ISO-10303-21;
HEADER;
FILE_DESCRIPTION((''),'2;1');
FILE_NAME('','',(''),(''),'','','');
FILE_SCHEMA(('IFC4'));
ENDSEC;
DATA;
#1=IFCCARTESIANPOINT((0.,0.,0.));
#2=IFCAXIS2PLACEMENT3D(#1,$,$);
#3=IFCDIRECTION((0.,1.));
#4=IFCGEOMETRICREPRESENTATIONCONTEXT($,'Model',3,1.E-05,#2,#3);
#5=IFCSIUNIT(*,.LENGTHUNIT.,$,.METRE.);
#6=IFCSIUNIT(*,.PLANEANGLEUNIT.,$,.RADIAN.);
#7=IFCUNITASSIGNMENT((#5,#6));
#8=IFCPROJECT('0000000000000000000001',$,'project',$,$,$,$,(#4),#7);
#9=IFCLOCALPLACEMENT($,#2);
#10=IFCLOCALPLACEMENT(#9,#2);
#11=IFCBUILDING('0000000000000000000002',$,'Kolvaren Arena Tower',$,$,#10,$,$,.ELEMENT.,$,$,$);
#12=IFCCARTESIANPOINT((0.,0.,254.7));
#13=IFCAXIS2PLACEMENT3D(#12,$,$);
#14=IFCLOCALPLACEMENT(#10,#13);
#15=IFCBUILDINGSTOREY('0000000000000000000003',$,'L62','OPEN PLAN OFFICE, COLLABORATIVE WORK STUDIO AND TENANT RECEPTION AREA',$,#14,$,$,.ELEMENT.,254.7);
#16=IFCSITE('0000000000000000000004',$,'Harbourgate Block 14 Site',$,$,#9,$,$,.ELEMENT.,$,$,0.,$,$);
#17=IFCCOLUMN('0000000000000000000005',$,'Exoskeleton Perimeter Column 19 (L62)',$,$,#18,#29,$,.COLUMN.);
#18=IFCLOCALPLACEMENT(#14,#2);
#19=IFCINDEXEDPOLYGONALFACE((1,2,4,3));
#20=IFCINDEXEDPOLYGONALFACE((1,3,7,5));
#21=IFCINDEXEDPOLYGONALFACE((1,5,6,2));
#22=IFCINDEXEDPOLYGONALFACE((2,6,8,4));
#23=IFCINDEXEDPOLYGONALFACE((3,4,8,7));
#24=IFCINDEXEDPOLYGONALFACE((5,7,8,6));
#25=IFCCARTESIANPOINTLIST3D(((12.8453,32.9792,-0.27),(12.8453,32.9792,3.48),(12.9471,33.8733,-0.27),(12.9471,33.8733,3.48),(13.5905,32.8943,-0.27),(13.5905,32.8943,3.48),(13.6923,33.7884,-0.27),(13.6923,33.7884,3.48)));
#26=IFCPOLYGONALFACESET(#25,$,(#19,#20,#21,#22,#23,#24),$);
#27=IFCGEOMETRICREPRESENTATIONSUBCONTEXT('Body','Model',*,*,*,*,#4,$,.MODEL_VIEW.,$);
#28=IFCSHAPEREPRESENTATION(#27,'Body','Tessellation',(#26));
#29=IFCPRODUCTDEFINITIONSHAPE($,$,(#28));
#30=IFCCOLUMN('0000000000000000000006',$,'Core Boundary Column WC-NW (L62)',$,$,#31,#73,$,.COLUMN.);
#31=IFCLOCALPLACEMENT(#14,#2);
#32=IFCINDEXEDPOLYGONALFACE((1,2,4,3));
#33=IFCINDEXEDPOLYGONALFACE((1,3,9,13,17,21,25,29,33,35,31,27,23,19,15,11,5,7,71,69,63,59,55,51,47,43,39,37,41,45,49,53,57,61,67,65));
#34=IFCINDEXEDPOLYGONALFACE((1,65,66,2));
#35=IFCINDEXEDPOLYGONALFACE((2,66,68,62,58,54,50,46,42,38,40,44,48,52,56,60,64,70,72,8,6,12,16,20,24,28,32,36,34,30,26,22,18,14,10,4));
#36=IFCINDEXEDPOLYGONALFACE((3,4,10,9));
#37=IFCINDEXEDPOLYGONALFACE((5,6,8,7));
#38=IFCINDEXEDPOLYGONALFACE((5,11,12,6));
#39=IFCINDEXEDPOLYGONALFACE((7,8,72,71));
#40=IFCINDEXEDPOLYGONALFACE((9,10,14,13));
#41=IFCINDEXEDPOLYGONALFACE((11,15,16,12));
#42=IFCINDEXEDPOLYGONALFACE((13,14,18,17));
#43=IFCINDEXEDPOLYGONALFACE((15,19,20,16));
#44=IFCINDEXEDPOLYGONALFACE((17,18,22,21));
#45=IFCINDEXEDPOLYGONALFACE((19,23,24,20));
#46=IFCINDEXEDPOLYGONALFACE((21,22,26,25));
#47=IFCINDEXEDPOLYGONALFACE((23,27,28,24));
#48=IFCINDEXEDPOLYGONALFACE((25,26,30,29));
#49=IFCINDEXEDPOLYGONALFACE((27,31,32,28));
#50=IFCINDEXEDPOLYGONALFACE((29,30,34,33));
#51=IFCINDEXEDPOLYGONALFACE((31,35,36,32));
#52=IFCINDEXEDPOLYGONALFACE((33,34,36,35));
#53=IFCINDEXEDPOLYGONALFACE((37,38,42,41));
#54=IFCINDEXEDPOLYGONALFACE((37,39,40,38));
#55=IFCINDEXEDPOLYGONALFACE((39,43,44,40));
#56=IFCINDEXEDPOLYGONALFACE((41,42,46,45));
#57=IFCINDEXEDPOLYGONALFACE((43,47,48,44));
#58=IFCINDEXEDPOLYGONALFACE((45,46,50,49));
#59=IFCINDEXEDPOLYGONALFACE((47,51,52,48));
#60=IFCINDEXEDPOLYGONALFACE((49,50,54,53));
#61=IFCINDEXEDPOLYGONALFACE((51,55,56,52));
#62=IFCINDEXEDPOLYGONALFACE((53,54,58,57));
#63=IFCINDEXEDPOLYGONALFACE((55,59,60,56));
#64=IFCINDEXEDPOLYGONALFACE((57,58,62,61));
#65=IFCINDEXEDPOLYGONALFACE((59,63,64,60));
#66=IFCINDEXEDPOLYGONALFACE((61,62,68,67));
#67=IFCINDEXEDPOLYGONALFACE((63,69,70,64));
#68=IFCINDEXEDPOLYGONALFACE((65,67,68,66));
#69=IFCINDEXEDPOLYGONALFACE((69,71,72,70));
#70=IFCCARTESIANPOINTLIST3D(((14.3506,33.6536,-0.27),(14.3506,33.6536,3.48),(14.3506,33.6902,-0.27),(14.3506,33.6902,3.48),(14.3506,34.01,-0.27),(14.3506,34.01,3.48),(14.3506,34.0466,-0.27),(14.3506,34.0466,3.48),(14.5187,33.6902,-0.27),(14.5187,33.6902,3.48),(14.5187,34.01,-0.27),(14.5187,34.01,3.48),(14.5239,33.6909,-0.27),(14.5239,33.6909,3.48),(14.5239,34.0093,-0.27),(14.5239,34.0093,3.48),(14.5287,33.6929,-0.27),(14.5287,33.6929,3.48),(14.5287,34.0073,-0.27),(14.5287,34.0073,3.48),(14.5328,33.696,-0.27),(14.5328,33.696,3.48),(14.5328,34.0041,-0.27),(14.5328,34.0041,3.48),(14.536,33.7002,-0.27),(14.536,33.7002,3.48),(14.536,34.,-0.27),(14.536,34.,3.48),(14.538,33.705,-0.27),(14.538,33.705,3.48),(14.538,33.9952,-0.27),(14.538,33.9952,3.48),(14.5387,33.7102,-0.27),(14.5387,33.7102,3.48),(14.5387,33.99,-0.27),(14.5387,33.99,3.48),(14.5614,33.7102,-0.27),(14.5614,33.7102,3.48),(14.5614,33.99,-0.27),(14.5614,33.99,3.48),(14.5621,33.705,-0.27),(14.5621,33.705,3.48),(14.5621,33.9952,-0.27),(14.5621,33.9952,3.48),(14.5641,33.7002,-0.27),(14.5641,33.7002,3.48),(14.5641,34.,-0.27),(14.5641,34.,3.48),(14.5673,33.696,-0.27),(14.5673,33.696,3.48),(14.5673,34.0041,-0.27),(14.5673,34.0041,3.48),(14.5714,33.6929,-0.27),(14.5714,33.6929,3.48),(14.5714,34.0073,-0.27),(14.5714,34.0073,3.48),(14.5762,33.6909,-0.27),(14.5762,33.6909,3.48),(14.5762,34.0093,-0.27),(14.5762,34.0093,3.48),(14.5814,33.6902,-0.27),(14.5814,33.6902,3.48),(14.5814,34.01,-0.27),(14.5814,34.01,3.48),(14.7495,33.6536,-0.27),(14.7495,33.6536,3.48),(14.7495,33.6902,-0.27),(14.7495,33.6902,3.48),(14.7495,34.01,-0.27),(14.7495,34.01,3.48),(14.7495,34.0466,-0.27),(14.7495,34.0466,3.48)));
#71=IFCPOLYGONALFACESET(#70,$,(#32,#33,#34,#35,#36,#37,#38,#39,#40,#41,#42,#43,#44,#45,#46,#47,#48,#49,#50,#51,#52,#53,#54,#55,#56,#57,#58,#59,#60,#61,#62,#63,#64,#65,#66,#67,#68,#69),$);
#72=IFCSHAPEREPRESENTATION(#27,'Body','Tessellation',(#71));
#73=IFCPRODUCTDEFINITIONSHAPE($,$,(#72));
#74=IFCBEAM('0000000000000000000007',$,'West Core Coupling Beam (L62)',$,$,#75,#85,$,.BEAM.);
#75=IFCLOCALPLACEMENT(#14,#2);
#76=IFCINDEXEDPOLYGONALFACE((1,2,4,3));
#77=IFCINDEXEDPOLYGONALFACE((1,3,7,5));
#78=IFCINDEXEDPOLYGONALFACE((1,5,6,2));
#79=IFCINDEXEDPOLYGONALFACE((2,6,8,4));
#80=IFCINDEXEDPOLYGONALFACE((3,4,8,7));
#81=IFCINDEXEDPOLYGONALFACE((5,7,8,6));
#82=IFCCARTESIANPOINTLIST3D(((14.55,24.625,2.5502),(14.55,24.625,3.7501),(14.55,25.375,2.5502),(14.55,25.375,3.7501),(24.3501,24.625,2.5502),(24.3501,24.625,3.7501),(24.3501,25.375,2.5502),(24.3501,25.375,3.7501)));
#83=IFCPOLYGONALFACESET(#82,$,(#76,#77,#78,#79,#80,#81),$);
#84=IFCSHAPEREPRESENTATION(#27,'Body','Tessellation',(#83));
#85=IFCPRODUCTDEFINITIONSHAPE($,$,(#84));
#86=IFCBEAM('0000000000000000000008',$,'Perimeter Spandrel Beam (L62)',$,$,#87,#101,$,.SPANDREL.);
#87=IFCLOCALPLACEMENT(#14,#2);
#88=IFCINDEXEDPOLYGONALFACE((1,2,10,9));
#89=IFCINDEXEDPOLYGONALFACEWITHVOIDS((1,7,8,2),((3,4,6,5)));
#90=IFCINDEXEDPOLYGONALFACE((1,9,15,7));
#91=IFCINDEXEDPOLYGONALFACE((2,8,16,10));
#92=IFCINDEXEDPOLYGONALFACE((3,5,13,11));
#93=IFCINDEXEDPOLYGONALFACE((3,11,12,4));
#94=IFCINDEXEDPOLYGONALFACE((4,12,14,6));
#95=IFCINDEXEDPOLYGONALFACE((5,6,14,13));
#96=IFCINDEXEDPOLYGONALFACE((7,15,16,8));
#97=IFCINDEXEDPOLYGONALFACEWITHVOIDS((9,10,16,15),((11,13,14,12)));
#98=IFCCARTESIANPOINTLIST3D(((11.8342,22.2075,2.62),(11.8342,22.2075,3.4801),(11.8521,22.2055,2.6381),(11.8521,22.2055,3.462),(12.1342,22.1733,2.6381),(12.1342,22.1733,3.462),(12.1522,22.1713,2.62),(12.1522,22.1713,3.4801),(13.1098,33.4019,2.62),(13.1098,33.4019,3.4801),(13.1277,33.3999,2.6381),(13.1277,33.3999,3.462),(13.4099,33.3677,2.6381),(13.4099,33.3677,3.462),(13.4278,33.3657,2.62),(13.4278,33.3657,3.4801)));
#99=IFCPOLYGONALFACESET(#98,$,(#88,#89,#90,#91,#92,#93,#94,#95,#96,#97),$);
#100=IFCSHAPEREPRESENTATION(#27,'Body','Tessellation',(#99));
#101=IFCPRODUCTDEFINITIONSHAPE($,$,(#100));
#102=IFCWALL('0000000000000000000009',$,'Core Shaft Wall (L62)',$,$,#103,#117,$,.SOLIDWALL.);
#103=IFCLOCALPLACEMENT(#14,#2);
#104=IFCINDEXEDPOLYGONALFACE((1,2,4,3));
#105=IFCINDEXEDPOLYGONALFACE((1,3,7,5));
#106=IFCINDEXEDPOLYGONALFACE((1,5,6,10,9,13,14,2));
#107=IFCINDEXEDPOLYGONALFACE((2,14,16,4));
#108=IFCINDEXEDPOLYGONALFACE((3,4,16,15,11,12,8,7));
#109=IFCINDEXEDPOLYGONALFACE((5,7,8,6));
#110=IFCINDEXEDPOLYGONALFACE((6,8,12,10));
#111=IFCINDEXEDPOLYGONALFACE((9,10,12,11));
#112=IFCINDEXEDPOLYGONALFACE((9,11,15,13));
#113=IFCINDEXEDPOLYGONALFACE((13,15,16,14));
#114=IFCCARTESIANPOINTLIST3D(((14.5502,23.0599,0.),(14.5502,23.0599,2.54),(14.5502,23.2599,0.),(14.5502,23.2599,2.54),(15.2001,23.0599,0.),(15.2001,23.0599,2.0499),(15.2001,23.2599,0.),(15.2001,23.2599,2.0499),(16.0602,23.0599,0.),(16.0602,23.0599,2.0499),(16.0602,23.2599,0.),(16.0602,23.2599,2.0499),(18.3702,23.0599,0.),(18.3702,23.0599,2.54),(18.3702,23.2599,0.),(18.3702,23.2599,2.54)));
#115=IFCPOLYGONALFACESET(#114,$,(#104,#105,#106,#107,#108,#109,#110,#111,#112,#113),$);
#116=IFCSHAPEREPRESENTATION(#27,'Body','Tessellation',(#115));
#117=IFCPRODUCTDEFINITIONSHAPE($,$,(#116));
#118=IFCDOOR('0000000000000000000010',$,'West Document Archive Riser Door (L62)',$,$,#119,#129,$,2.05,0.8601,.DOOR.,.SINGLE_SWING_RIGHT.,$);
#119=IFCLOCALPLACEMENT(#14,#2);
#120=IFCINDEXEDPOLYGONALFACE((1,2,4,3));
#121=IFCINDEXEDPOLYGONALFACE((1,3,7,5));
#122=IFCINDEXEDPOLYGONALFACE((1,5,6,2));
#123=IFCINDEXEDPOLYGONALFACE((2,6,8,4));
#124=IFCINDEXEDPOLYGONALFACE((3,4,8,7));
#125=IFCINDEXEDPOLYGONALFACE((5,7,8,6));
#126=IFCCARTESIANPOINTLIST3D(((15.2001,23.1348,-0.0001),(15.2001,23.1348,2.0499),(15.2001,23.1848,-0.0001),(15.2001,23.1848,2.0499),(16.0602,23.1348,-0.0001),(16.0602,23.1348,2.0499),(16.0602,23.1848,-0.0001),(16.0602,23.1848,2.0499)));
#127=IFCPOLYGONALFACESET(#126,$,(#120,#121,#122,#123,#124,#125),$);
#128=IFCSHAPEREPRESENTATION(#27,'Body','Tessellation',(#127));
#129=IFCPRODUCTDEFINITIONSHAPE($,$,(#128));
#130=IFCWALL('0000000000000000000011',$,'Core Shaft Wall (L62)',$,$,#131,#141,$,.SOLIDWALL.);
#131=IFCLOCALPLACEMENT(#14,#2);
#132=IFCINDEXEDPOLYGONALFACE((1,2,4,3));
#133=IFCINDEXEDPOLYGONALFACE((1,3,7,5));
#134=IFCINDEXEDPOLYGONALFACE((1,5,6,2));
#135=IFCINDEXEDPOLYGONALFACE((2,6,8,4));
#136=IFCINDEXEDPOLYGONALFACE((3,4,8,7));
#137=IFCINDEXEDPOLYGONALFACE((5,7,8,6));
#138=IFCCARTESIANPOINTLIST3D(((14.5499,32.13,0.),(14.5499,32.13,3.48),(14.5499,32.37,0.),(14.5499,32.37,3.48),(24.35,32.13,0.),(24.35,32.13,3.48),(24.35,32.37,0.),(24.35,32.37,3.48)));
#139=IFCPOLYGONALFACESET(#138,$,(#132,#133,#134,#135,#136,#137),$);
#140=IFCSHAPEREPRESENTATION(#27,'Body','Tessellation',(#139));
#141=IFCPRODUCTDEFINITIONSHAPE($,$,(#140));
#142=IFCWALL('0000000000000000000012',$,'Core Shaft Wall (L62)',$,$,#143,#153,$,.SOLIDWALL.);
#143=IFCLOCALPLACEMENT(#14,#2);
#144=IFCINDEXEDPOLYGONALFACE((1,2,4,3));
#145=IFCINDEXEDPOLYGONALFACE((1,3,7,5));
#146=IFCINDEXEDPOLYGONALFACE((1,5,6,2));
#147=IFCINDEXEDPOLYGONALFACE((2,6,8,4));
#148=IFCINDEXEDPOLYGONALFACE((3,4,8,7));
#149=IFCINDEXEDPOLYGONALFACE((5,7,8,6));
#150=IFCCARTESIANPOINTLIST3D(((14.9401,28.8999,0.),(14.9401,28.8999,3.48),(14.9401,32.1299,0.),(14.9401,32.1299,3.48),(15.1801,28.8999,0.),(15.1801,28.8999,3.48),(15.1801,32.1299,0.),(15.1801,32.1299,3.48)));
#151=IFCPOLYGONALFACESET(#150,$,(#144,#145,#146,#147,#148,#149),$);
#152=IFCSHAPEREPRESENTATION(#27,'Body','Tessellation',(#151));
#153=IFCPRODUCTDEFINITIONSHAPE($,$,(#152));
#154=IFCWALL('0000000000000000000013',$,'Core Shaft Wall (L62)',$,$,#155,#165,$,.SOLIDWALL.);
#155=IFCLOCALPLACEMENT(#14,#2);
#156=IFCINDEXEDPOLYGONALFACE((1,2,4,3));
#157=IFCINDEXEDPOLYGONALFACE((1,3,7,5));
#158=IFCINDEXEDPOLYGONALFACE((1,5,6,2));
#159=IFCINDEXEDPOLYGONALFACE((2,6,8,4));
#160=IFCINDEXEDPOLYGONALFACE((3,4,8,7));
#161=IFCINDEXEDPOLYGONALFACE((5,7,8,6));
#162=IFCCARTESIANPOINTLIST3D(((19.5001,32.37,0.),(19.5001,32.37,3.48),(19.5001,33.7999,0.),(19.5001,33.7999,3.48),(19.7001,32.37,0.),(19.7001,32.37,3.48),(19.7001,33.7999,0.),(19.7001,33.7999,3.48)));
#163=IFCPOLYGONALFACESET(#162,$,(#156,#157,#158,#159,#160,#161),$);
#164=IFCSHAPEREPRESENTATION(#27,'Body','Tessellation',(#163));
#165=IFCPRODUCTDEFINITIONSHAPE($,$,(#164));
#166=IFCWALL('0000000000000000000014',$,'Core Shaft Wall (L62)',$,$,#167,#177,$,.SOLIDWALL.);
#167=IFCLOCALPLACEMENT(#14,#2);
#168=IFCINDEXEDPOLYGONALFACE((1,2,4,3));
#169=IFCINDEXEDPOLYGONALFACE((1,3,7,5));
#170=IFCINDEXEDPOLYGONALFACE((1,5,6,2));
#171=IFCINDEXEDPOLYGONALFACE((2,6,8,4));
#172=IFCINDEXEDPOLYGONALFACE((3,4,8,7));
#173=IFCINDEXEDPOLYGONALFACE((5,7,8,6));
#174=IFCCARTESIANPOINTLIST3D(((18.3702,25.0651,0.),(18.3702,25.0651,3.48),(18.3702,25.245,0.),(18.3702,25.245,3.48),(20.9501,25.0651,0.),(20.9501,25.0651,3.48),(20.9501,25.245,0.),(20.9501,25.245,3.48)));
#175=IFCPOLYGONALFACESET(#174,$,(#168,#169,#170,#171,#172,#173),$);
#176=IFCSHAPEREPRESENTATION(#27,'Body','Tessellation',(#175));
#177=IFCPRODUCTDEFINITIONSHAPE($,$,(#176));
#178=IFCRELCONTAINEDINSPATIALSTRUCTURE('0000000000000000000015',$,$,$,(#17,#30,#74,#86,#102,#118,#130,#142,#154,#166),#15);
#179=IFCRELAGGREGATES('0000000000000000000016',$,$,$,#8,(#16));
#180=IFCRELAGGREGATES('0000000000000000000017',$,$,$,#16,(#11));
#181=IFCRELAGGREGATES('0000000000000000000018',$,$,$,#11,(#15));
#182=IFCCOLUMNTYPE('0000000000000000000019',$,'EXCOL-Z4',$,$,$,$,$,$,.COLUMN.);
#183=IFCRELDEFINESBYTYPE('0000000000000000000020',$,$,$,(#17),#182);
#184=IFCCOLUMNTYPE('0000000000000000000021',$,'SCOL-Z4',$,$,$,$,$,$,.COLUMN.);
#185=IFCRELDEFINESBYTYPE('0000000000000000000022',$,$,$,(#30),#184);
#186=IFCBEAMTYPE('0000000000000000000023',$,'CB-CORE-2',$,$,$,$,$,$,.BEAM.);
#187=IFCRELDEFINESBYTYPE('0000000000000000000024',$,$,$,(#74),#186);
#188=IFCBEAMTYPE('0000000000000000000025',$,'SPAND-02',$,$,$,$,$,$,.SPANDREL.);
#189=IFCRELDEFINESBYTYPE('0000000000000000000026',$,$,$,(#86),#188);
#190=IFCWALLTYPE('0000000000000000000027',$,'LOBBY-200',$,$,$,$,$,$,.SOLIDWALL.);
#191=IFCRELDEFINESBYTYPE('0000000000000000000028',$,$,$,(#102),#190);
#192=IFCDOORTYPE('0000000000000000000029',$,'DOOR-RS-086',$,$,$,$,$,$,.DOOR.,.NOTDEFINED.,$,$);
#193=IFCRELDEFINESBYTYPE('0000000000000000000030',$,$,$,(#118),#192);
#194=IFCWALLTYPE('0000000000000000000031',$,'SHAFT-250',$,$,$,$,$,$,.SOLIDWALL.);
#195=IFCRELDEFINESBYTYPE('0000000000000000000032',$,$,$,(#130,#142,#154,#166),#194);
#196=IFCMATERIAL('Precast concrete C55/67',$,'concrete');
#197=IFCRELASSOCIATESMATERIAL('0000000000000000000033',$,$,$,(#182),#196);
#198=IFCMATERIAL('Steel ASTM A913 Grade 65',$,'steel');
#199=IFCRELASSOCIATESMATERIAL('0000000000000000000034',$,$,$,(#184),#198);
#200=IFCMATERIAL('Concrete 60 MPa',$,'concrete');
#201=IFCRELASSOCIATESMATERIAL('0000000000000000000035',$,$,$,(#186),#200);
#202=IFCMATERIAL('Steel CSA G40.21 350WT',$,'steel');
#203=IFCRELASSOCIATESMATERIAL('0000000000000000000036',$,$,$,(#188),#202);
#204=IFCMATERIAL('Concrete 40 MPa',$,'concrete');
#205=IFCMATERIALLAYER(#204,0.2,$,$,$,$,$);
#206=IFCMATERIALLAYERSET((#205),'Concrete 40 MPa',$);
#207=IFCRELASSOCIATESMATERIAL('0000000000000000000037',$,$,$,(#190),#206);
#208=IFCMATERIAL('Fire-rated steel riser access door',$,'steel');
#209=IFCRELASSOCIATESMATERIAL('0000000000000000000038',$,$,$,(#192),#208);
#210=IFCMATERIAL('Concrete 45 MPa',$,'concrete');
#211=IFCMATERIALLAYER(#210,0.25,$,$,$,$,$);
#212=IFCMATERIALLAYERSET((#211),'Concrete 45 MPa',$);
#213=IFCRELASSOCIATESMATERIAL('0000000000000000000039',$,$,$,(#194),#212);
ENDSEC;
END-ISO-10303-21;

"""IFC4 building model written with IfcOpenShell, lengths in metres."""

from ifc_helpers import new_model, si_unit, direction, frame, frame_2d, origin, origin_2d, place, context, subcontext, project, spatial, rectangle, hollow_rectangle, i_section, extrude, material, layer, layer_set, material_profile, profile_set, type_object, element, fill, save


model = new_model("IFC4")

# Units and contexts
model_context = context("Model", 3, precision=1e-05, world=origin(), true_north=direction((0.0, 1.0)))
body_context = subcontext(model_context, "Body", "Model", "MODEL_VIEW")
ifc_project = project(units=[si_unit("LENGTHUNIT", "METRE"), si_unit("PLANEANGLEUNIT", "RADIAN")], contexts=[model_context])

# Site, building, storey
site_placement = place(None, origin())
site = spatial("IfcSite", under=ifc_project, at=site_placement, Name="Harbourgate Block 14 Site", CompositionType="ELEMENT", RefElevation=0.0)
building_placement = place(site_placement, origin())
building = spatial("IfcBuilding", under=site, at=building_placement, Name="Kolvaren Arena Tower", CompositionType="ELEMENT")
storey_placement = place(building_placement, frame((0.0, 0.0, 254.7)))
storey = spatial("IfcBuildingStorey", under=building, at=storey_placement, Name="L62", Description="OPEN PLAN OFFICE, COLLABORATIVE WORK STUDIO AND TENANT RECEPTION AREA", CompositionType="ELEMENT", Elevation=254.7)

# Columns
ifc_material_1 = material(Name="Precast concrete C55/67", Category="concrete")
ifc_material_profile_1 = material_profile(ifc_material_1, rectangle(XDim=0.8999, YDim=0.75, at=origin_2d()), Name="RC-900x750")
ifc_profile_set_1 = profile_set([ifc_material_profile_1], Name="Precast concrete C55/67")
column_type_1 = type_object("IfcColumnType", Name="EXCOL-Z4", PredefinedType="COLUMN", material=ifc_profile_set_1)
column_1_placement = place(storey_placement, frame((13.2688, 33.3838, -0.27), z_axis=(0.0, 0.0, 1.0), x_axis=(0.113203, 0.993572, 0.0)))
element("IfcColumn", 1, at=column_1_placement, inside=storey, type_object=column_type_1, Name="Exoskeleton Perimeter Column 19 (L62)", PredefinedType="COLUMN", context=body_context, shape_type="SweptSolid", body=[
    extrude(rectangle(XDim=0.8999, YDim=0.75, at=origin_2d()), origin(), (0.0, 0.0, 1.0), 3.75),
])
ifc_material_2 = material(Name="Steel ASTM A913 Grade 65", Category="steel")
ifc_material_profile_2 = material_profile(ifc_material_2, i_section(OverallWidth=0.3989, OverallDepth=0.3931, WebThickness=0.0227, FlangeThickness=0.0366, FilletRadius=0.02, at=origin_2d()), Name="W360x287")
ifc_profile_set_2 = profile_set([ifc_material_profile_2], Name="Steel ASTM A913 Grade 65")
column_type_2 = type_object("IfcColumnType", Name="SCOL-Z4", PredefinedType="COLUMN", material=ifc_profile_set_2)
column_2_placement = place(storey_placement, frame((14.55, 33.8501, -0.27), z_axis=(0.0, 0.0, 1.0), x_axis=(1.0, 0.0, 0.0)))
element("IfcColumn", 2, at=column_2_placement, inside=storey, type_object=column_type_2, Name="Core Boundary Column WC-NW (L62)", PredefinedType="COLUMN", context=body_context, shape_type="SweptSolid", body=[
    extrude(i_section(OverallWidth=0.3989, OverallDepth=0.3931, WebThickness=0.0227, FlangeThickness=0.0366, FilletRadius=0.02, at=origin_2d()), origin(), (0.0, 0.0, 1.0), 3.75),
])

# Beams
ifc_material_3 = material(Name="Concrete 60 MPa", Category="concrete")
ifc_material_profile_3 = material_profile(ifc_material_3, rectangle(XDim=0.75, YDim=1.2, at=origin_2d()), Name="RC-750x1200")
ifc_profile_set_3 = profile_set([ifc_material_profile_3], Name="Concrete 60 MPa")
beam_type_1 = type_object("IfcBeamType", Name="CB-CORE-2", PredefinedType="BEAM", material=ifc_profile_set_3)
beam_1_placement = place(storey_placement, frame((14.55, 25.0, 3.1501), z_axis=(1.0, 0.0, 0.0), x_axis=(0.0, 1.0, 0.0)))
element("IfcBeam", 3, at=beam_1_placement, inside=storey, type_object=beam_type_1, Name="West Core Coupling Beam (L62)", PredefinedType="BEAM", context=body_context, shape_type="SweptSolid", body=[
    extrude(rectangle(XDim=0.75, YDim=1.2, at=origin_2d()), origin(), (0.0, 0.0, 1.0), 9.8),
])
ifc_material_4 = material(Name="Steel CSA G40.21 350WT", Category="steel")
ifc_material_profile_4 = material_profile(ifc_material_4, hollow_rectangle(XDim=0.3201, YDim=0.8601, WallThickness=0.0181, at=origin_2d()), Name="HSS 860x320x18")
ifc_profile_set_4 = profile_set([ifc_material_profile_4], Name="Steel CSA G40.21 350WT")
beam_type_2 = type_object("IfcBeamType", Name="SPAND-02", PredefinedType="SPANDREL", material=ifc_profile_set_4)
beam_2_placement = place(storey_placement, frame((13.2688, 33.3838, 3.05), z_axis=(-0.113221, -0.99357, 0.0), x_axis=(0.99357, -0.113221, 0.0)))
element("IfcBeam", 4, at=beam_2_placement, inside=storey, type_object=beam_type_2, Name="Perimeter Spandrel Beam (L62)", PredefinedType="SPANDREL", context=body_context, shape_type="SweptSolid", body=[
    extrude(hollow_rectangle(XDim=0.3201, YDim=0.8601, WallThickness=0.0181, at=origin_2d()), origin(), (0.0, 0.0, 1.0), 11.2668),
])

# Wall, opening, door
ifc_material_5 = material(Name="Concrete 40 MPa", Category="concrete")
ifc_layer_1 = layer(ifc_material_5, 0.2)
ifc_layer_set_1 = layer_set([ifc_layer_1], Name="Concrete 40 MPa")
wall_type_1 = type_object("IfcWallType", Name="LOBBY-200", PredefinedType="SOLIDWALL", material=ifc_layer_set_1)
wall_1_placement = place(storey_placement, frame((14.55, 23.1599, 0.0), z_axis=(0.0, 0.0, 1.0), x_axis=(1.0, 0.0, 0.0)))
wall_1 = element("IfcWall", 5, at=wall_1_placement, inside=storey, type_object=wall_type_1, Name="Core Shaft Wall (L62)", PredefinedType="SOLIDWALL", context=body_context, shape_type="SweptSolid", body=[
    extrude(rectangle(XDim=3.8201, YDim=0.2, at=frame_2d((1.9102, 0.0))), origin(), (0.0, 0.0, 1.0), 2.54),
])
opening_1_placement = place(wall_1_placement, frame((0.6499, 0.0, 0.0)))
opening_1 = element("IfcOpeningElement", 6, at=opening_1_placement, cuts=wall_1, PredefinedType="OPENING", context=body_context, shape_type="SweptSolid", body=[
    extrude(rectangle(XDim=0.8601, YDim=2.05, at=frame_2d((0.4302, 1.0249))), frame((0.0, 0.1099, 0.0), z_axis=(0.0, -1.0, 0.0), x_axis=(1.0, 0.0, 0.0)), (0.0, 0.0, 1.0), 0.22),
])
ifc_material_6 = material(Name="Fire-rated steel riser access door", Category="steel")
door_type_1 = type_object("IfcDoorType", Name="DOOR-RS-086", OperationType="NOTDEFINED", PredefinedType="DOOR", material=ifc_material_6)
door_1_placement = place(opening_1_placement, origin())
door_1 = element("IfcDoor", 7, at=door_1_placement, inside=storey, type_object=door_type_1, Name="West Document Archive Riser Door (L62)", OperationType="SINGLE_SWING_RIGHT", OverallHeight=2.05, OverallWidth=0.8601, PredefinedType="DOOR", context=body_context, shape_type="SweptSolid", body=[
    extrude(rectangle(XDim=0.8601, YDim=2.05, at=frame_2d((0.4302, 1.0249))), frame((0.0, 0.0249, 0.0), z_axis=(0.0, -1.0, 0.0), x_axis=(1.0, 0.0, 0.0)), (0.0, 0.0, 1.0), 0.05),
])
fill(opening_1, door_1)

# Walls
ifc_material_7 = material(Name="Concrete 45 MPa", Category="concrete")
ifc_layer_2 = layer(ifc_material_7, 0.25)
ifc_layer_set_2 = layer_set([ifc_layer_2], Name="Concrete 45 MPa")
wall_type_2 = type_object("IfcWallType", Name="SHAFT-250", PredefinedType="SOLIDWALL", material=ifc_layer_set_2)
wall_2_placement = place(storey_placement, frame((14.55, 32.25, 0.0), z_axis=(0.0, 0.0, 1.0), x_axis=(1.0, 0.0, 0.0)))
element("IfcWall", 8, at=wall_2_placement, inside=storey, type_object=wall_type_2, Name="Core Shaft Wall (L62)", PredefinedType="SOLIDWALL", context=body_context, shape_type="SweptSolid", body=[
    extrude(rectangle(XDim=9.8, YDim=0.24, at=frame_2d((4.8999, 0.0))), origin(), (0.0, 0.0, 1.0), 3.48),
])
wall_3_placement = place(storey_placement, frame((15.0601, 28.8999, 0.0), z_axis=(0.0, 0.0, 1.0), x_axis=(0.0, 1.0, 0.0)))
element("IfcWall", 9, at=wall_3_placement, inside=storey, type_object=wall_type_2, Name="Core Shaft Wall (L62)", PredefinedType="SOLIDWALL", context=body_context, shape_type="SweptSolid", body=[
    extrude(rectangle(XDim=3.23, YDim=0.24, at=frame_2d((1.615, 0.0))), origin(), (0.0, 0.0, 1.0), 3.48),
])
wall_4_placement = place(storey_placement, frame((19.6001, 32.3701, 0.0), z_axis=(0.0, 0.0, 1.0), x_axis=(0.0, 1.0, 0.0)))
element("IfcWall", 10, at=wall_4_placement, inside=storey, type_object=wall_type_2, Name="Core Shaft Wall (L62)", PredefinedType="SOLIDWALL", context=body_context, shape_type="SweptSolid", body=[
    extrude(rectangle(XDim=1.4299, YDim=0.2, at=frame_2d((0.7148, 0.0))), origin(), (0.0, 0.0, 1.0), 3.48),
])
wall_5_placement = place(storey_placement, frame((18.3701, 25.155, 0.0), z_axis=(0.0, 0.0, 1.0), x_axis=(1.0, 0.0, 0.0)))
element("IfcWall", 11, at=wall_5_placement, inside=storey, type_object=wall_type_2, Name="Core Shaft Wall (L62)", PredefinedType="SOLIDWALL", context=body_context, shape_type="SweptSolid", body=[
    extrude(rectangle(XDim=2.5798, YDim=0.1799, at=frame_2d((1.29, 0.0))), origin(), (0.0, 0.0, 1.0), 3.48),
])

save(model, "model.ifc")
